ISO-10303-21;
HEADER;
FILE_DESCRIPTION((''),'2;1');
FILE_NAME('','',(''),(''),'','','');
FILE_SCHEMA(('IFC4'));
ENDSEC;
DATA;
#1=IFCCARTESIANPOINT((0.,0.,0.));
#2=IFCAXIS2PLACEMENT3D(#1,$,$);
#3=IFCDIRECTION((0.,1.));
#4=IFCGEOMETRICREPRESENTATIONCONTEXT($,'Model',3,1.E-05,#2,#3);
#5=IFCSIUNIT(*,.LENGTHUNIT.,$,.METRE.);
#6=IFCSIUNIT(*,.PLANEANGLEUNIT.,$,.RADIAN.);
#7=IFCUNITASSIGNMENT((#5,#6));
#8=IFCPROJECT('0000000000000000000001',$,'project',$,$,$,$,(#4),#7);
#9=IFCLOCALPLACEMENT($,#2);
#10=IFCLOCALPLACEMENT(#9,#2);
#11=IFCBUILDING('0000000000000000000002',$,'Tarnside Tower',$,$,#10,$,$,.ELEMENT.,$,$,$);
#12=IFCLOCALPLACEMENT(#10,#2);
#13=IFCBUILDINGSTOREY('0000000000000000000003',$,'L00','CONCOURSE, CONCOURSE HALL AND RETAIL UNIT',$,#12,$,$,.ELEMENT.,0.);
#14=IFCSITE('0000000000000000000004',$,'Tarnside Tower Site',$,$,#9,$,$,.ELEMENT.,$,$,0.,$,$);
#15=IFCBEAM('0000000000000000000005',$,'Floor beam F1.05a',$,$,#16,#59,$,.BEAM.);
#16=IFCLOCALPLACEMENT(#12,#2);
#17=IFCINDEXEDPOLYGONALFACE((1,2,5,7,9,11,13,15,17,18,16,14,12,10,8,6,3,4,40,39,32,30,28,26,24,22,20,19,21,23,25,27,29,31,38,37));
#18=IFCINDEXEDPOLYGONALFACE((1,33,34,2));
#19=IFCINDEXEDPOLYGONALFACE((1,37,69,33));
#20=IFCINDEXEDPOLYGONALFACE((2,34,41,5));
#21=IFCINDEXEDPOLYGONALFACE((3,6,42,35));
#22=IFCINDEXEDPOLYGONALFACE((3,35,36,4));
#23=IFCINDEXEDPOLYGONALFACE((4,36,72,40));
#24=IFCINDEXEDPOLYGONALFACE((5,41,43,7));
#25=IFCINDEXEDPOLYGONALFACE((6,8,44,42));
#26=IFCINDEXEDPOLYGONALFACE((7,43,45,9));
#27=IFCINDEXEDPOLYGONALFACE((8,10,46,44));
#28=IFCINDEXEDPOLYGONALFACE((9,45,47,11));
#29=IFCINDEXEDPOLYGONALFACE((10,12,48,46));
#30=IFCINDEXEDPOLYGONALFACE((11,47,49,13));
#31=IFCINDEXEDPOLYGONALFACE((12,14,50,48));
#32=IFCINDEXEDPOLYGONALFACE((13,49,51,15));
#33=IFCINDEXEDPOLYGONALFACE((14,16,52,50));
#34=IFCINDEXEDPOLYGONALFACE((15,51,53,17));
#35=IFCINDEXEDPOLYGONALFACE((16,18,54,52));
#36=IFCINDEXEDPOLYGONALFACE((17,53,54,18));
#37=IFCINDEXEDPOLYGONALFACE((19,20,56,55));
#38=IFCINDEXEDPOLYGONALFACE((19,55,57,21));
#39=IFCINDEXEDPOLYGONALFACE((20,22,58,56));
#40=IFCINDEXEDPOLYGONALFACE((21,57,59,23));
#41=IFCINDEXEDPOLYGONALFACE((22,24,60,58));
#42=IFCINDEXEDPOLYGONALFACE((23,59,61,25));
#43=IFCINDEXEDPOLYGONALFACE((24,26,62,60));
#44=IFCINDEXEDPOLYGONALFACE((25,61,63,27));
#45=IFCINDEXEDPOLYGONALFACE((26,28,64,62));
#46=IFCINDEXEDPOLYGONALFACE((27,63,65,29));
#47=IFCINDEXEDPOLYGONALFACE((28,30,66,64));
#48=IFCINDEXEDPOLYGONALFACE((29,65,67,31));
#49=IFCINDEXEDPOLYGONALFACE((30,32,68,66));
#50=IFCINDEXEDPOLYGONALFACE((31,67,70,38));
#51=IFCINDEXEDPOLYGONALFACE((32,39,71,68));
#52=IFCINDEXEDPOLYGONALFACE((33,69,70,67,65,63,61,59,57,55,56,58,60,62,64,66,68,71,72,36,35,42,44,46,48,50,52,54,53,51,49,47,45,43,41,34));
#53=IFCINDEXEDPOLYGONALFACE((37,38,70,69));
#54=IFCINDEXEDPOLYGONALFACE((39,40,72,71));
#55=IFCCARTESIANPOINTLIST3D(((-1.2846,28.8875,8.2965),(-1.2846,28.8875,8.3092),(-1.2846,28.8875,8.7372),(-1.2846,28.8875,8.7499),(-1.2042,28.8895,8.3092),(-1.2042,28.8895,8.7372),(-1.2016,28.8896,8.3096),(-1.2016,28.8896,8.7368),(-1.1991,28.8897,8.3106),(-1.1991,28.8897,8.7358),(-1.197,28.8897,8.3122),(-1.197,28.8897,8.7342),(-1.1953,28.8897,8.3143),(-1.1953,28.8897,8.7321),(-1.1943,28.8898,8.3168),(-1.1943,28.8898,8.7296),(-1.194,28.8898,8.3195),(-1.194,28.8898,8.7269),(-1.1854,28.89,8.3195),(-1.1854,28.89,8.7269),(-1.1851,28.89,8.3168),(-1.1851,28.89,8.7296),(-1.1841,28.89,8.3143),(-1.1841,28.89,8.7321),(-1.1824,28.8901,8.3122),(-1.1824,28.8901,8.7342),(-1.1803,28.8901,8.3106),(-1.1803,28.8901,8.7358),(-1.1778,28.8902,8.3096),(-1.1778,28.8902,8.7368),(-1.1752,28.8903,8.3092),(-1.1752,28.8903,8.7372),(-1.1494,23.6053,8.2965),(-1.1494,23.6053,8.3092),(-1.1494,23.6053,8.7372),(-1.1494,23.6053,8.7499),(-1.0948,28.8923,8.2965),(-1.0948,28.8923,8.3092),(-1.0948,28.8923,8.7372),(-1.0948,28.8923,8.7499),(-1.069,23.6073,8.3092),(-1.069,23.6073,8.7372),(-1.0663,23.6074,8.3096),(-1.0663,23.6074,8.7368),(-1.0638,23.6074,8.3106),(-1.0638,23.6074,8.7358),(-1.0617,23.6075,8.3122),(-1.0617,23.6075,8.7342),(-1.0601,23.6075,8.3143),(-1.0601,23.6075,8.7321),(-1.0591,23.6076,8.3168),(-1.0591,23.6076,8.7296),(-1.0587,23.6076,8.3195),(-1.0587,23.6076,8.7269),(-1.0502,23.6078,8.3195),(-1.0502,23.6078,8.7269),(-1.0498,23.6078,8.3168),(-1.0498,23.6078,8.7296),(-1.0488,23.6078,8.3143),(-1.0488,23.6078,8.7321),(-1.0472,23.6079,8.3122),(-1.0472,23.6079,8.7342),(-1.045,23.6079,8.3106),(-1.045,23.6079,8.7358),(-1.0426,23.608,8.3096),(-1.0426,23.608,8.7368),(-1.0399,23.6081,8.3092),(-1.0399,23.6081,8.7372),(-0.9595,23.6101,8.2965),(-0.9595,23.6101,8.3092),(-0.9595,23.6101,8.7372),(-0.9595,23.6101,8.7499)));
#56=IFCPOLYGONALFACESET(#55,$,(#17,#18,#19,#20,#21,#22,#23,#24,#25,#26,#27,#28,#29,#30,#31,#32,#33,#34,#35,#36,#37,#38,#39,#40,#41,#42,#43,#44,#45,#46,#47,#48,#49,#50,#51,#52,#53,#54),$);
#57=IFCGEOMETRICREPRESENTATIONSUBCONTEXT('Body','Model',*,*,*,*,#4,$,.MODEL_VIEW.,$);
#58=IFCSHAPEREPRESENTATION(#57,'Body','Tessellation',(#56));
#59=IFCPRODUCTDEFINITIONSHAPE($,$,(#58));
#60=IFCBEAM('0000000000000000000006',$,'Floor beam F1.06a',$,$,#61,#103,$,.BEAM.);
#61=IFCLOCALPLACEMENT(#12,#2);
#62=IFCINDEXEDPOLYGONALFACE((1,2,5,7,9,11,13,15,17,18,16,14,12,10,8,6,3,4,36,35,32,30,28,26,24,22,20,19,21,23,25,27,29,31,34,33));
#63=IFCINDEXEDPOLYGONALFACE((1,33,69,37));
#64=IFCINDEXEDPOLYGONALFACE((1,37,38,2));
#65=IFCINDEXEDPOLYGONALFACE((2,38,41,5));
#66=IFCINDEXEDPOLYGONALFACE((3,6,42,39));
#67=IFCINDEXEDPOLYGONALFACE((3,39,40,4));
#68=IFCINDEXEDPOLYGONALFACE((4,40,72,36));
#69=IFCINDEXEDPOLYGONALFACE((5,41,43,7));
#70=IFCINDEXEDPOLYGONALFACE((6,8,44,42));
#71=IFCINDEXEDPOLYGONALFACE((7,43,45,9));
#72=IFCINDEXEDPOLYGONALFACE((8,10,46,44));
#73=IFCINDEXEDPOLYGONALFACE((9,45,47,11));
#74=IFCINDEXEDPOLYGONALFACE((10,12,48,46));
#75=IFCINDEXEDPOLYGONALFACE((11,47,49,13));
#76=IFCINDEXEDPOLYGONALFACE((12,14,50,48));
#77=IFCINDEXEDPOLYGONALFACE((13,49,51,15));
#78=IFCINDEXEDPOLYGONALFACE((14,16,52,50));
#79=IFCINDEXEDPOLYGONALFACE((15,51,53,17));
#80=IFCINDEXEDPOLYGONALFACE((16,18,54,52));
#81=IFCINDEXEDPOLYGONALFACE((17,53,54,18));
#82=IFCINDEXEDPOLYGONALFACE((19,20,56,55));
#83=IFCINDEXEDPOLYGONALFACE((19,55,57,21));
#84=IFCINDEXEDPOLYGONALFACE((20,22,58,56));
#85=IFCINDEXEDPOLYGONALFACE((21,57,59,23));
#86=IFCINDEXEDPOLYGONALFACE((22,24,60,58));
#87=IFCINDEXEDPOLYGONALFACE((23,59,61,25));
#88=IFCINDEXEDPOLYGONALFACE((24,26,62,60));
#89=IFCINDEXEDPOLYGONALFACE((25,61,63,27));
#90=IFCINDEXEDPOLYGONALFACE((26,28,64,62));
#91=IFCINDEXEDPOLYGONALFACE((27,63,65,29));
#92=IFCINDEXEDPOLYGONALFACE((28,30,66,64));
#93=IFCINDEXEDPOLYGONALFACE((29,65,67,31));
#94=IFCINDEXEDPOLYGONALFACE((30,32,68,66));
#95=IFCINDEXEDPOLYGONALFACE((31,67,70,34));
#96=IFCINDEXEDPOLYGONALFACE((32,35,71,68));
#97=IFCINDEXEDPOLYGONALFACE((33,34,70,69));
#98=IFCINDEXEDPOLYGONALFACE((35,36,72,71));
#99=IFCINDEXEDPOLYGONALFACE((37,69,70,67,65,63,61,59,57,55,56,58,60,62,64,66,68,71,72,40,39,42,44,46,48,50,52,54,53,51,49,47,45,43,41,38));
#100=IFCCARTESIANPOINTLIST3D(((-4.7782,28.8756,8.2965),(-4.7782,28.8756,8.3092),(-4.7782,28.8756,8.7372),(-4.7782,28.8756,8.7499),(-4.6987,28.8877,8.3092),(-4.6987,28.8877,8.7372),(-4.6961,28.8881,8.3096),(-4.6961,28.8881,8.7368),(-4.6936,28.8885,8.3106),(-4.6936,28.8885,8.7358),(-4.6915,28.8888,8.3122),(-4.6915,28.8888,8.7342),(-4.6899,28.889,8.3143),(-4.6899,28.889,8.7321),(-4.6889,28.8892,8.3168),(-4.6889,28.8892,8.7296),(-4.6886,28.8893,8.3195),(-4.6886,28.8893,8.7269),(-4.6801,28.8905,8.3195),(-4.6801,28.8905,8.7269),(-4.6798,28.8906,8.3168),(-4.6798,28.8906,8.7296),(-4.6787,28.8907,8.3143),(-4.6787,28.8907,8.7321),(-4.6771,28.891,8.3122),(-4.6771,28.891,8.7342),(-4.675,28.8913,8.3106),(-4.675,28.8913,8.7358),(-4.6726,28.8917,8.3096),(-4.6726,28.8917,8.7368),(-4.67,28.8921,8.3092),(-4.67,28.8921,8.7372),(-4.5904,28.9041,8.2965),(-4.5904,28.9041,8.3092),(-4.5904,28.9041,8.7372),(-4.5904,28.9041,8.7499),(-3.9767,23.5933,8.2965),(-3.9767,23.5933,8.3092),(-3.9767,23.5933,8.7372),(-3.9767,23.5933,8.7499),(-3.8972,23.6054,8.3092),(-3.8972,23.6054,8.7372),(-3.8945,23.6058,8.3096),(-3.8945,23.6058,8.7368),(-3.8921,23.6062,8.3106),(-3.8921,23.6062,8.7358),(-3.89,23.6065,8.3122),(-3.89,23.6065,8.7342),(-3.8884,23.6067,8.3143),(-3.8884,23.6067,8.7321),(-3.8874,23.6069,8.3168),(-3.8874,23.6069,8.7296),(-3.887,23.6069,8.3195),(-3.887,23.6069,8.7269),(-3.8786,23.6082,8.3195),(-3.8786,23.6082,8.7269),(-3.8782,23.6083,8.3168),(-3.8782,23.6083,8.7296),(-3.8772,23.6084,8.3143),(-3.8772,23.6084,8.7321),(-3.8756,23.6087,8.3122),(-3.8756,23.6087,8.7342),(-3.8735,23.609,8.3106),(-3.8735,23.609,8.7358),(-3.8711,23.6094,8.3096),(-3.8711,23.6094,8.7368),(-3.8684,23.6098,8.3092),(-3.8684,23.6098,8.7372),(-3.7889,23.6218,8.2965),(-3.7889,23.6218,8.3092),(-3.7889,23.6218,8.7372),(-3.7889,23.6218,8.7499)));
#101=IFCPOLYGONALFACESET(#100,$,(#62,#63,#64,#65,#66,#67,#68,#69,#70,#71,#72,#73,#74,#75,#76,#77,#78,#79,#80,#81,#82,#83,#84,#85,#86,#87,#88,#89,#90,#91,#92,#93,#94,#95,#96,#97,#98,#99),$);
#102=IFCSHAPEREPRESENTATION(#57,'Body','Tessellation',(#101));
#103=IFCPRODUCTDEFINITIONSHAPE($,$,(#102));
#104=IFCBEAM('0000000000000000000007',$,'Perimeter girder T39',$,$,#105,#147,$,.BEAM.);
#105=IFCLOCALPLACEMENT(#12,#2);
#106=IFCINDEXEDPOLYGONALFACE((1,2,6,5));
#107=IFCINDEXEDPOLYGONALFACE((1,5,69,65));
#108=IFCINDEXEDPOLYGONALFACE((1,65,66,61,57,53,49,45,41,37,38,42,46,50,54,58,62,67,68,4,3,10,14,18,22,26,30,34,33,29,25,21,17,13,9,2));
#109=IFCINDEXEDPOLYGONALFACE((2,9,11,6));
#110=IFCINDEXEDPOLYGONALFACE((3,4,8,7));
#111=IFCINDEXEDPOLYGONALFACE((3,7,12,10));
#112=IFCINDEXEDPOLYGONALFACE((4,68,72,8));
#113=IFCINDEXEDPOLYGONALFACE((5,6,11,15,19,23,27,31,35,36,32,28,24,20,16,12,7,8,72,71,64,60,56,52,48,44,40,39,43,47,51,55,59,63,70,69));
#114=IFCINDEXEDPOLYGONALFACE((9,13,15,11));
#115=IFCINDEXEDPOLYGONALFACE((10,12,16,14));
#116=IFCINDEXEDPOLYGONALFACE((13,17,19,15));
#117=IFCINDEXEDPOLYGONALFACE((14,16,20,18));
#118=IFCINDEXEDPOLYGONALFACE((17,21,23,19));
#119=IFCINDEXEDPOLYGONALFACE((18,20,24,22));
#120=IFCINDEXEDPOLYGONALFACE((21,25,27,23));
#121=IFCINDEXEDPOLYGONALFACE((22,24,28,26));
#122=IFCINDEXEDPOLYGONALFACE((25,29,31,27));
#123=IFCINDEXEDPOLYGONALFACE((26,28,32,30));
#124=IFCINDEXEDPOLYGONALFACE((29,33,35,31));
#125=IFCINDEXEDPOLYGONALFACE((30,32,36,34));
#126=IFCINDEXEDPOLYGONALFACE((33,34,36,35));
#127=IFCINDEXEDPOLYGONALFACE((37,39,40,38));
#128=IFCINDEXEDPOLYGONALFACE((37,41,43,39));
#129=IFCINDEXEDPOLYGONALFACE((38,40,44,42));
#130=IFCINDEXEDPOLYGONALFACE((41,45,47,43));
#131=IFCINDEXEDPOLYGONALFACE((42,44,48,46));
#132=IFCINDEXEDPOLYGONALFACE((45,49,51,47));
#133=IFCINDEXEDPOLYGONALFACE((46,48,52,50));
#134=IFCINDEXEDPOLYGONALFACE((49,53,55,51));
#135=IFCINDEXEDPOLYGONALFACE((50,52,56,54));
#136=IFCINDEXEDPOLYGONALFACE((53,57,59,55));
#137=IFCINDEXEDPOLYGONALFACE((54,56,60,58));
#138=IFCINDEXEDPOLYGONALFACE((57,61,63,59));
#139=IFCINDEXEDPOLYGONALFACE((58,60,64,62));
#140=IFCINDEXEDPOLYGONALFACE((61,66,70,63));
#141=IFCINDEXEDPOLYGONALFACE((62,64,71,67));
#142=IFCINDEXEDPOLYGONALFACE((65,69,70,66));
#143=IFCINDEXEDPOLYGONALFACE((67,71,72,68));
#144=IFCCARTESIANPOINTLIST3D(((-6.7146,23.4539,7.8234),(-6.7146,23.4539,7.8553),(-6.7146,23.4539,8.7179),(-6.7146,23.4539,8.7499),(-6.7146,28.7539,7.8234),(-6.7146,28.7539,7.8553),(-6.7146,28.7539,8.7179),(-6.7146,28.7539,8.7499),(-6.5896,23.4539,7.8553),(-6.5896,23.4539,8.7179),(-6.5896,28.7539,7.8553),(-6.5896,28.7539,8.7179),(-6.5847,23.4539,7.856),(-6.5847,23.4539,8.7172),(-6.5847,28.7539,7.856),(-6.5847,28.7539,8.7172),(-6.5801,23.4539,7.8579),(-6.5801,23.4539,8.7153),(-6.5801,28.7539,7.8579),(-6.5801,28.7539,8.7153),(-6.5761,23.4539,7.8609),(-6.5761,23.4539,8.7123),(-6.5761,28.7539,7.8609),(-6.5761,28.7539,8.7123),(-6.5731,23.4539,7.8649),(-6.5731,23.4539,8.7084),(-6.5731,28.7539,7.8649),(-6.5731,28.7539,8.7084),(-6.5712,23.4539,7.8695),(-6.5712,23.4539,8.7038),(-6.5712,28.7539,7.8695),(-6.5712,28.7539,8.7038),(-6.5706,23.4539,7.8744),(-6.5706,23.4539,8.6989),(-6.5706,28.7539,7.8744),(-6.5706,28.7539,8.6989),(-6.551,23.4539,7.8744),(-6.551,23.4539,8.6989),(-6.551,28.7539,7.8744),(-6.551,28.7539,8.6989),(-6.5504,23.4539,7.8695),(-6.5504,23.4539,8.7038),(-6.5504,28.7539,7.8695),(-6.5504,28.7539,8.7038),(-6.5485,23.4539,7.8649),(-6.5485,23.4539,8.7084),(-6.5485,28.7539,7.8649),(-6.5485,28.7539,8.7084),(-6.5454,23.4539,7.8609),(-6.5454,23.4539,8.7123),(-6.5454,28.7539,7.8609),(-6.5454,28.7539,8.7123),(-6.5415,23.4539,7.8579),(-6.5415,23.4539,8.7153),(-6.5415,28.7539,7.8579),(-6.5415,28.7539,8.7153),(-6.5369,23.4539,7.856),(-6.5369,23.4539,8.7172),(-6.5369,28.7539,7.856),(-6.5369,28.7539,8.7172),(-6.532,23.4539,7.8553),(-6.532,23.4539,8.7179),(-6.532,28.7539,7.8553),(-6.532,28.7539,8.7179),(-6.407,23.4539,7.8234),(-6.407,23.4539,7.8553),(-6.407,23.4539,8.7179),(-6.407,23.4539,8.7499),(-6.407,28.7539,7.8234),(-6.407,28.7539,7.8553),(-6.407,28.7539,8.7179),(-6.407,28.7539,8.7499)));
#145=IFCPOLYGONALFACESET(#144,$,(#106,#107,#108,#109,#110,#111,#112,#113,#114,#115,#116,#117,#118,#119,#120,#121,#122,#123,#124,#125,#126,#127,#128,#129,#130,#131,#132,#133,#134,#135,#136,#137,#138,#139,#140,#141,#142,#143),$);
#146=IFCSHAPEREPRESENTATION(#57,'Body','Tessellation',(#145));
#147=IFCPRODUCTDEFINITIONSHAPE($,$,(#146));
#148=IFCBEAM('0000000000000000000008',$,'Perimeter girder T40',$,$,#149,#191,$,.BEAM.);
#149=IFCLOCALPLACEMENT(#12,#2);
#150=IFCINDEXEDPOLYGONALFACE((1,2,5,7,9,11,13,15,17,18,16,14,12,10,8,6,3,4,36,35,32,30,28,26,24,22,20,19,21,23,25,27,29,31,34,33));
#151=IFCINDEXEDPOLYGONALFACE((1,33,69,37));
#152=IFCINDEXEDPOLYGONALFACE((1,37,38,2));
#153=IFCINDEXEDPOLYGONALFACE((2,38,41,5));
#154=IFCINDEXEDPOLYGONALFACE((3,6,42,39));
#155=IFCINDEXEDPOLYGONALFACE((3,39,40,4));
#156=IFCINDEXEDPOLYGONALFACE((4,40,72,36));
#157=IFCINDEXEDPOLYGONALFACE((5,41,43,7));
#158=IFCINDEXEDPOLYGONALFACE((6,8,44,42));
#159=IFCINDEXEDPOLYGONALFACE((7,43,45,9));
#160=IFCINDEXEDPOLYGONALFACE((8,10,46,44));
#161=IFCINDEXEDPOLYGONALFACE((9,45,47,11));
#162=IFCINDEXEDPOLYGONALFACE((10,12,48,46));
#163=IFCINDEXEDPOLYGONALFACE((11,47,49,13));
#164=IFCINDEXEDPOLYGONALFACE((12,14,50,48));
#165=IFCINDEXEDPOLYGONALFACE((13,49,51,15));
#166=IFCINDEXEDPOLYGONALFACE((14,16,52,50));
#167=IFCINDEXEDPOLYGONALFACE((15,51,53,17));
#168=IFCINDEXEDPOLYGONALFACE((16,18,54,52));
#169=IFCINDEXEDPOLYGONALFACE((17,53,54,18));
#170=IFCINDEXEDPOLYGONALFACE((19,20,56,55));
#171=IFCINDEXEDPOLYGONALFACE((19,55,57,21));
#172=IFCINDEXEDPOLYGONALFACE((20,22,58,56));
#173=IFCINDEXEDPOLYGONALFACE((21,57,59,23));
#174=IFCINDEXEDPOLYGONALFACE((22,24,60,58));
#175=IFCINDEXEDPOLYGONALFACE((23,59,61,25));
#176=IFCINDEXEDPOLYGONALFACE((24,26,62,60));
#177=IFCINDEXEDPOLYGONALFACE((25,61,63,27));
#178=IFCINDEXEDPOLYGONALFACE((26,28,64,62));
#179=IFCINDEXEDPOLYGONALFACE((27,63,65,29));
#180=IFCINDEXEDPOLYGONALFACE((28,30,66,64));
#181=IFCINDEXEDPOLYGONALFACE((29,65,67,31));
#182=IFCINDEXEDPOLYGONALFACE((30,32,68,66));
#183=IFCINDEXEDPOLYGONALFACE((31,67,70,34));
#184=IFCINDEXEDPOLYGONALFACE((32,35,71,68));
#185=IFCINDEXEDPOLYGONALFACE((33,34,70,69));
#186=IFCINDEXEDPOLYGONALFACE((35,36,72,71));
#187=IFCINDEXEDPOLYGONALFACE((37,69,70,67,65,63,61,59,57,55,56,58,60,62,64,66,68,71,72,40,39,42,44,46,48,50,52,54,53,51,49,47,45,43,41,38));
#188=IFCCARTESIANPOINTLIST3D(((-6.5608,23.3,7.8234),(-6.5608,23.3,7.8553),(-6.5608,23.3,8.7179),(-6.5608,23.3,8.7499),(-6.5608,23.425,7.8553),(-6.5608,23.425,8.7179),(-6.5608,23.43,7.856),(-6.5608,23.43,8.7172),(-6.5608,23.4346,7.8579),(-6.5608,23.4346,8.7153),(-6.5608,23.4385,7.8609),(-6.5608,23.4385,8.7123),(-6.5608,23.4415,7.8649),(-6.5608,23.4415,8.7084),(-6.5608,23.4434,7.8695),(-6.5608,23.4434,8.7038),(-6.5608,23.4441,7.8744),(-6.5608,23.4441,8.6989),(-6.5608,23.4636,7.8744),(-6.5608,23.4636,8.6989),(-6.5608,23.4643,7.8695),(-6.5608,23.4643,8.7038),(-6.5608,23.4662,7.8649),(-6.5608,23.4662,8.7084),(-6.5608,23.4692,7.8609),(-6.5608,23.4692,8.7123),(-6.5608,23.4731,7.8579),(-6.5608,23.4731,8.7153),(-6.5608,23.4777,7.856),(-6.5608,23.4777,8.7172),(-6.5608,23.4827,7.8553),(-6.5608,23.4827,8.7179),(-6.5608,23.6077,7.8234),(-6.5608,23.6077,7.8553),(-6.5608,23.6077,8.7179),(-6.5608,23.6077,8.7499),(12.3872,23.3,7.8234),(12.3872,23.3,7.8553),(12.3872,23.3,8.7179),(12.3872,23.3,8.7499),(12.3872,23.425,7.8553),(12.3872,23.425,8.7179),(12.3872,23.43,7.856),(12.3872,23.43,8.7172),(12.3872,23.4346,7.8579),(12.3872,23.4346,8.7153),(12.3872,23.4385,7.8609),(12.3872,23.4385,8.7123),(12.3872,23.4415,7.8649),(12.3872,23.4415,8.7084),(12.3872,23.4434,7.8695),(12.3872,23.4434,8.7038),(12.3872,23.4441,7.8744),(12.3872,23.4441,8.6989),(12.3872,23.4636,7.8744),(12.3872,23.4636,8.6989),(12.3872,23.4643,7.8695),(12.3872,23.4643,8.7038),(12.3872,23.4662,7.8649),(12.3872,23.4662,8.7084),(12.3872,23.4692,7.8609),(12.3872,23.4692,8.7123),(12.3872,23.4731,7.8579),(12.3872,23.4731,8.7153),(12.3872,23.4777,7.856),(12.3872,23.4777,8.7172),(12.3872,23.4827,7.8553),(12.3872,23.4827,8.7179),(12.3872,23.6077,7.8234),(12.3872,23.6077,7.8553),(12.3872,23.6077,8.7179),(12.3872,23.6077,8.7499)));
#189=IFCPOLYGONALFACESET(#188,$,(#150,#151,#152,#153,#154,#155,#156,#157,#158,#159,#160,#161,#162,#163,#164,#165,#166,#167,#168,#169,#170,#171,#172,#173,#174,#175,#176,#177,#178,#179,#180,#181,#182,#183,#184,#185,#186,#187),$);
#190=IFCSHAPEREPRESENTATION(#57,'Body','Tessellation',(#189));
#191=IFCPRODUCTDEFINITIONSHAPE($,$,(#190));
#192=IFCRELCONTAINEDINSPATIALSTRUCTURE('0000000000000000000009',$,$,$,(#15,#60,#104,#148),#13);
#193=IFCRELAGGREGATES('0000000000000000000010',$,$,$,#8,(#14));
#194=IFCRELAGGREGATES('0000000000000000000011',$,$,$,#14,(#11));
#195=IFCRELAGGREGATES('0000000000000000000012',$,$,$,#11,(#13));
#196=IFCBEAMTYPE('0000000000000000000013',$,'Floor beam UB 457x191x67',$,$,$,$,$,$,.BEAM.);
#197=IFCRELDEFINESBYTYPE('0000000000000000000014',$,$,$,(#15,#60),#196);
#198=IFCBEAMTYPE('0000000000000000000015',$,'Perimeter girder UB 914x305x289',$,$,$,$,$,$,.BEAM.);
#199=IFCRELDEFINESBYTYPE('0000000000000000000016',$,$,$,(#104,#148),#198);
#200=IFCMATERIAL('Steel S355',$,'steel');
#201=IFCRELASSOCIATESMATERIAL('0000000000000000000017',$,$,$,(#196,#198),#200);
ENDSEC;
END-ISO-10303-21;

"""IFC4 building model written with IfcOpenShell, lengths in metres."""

from ifc_helpers import new_model, si_unit, direction, frame, origin, origin_2d, place, context, subcontext, project, spatial, i_section, extrude, material, material_profile, profile_set, type_object, element, save


model = new_model("IFC4")

# Units and contexts
model_context = context("Model", 3, precision=1e-05, world=origin(), true_north=direction((0.0, 1.0)))
body_context = subcontext(model_context, "Body", "Model", "MODEL_VIEW")
ifc_project = project(units=[si_unit("LENGTHUNIT", "METRE"), si_unit("PLANEANGLEUNIT", "RADIAN")], contexts=[model_context])

# Site, building, storey
site_placement = place(None, origin())
site = spatial("IfcSite", under=ifc_project, at=site_placement, Name="Tarnside Tower Site", CompositionType="ELEMENT", RefElevation=0.0)
building_placement = place(site_placement, origin())
building = spatial("IfcBuilding", under=site, at=building_placement, Name="Tarnside Tower", CompositionType="ELEMENT")
storey_placement = place(building_placement, origin())
storey = spatial("IfcBuildingStorey", under=building, at=storey_placement, Name="L00", Description="CONCOURSE, CONCOURSE HALL AND RETAIL UNIT", CompositionType="ELEMENT", Elevation=0.0)

# Beams
ifc_material_1 = material(Name="Steel S355", Category="steel")
ifc_material_profile_1 = material_profile(ifc_material_1, i_section(OverallWidth=0.1899, OverallDepth=0.4534, WebThickness=0.0085, FlangeThickness=0.0127, FilletRadius=0.0103, at=origin_2d()), Name="UB 457x191x67")
ifc_profile_set_1 = profile_set([ifc_material_profile_1], Name="Steel S355")
beam_type_1 = type_object("IfcBeamType", Name="Floor beam UB 457x191x67", PredefinedType="BEAM", material=ifc_profile_set_1)
beam_1_placement = place(storey_placement, frame((-1.1897, 28.8899, 8.5232), z_axis=(0.025597, -0.999672, 0.0), x_axis=(0.999672, 0.025597, 0.0)))
element("IfcBeam", 1, at=beam_1_placement, inside=storey, type_object=beam_type_1, Name="Floor beam F1.05a", PredefinedType="BEAM", context=body_context, shape_type="SweptSolid", body=[
    extrude(i_section(OverallWidth=0.1899, OverallDepth=0.4534, WebThickness=0.0085, FlangeThickness=0.0127, FilletRadius=0.0103, at=origin_2d()), origin(), (0.0, 0.0, 1.0), 5.2839),
])
beam_2_placement = place(storey_placement, frame((-4.6843, 28.8899, 8.5232), z_axis=(0.150021, -0.988683, 0.0), x_axis=(0.988683, 0.150021, 0.0)))
element("IfcBeam", 2, at=beam_2_placement, inside=storey, type_object=beam_type_1, Name="Floor beam F1.06a", PredefinedType="BEAM", context=body_context, shape_type="SweptSolid", body=[
    extrude(i_section(OverallWidth=0.1899, OverallDepth=0.4534, WebThickness=0.0085, FlangeThickness=0.0127, FilletRadius=0.0103, at=origin_2d()), origin(), (0.0, 0.0, 1.0), 5.3428),
])
ifc_material_profile_2 = material_profile(ifc_material_1, i_section(OverallWidth=0.3076, OverallDepth=0.9265, WebThickness=0.0195, FlangeThickness=0.032, FilletRadius=0.019, at=origin_2d()), Name="UB 914x305x289")
ifc_profile_set_2 = profile_set([ifc_material_profile_2], Name="Steel S355")
beam_type_2 = type_object("IfcBeamType", Name="Perimeter girder UB 914x305x289", PredefinedType="BEAM", material=ifc_profile_set_2)
beam_3_placement = place(storey_placement, frame((-6.5608, 28.7539, 8.2866), z_axis=(0.0, -1.0, 0.0), x_axis=(1.0, 0.0, 0.0)))
element("IfcBeam", 3, at=beam_3_placement, inside=storey, type_object=beam_type_2, Name="Perimeter girder T39", PredefinedType="BEAM", context=body_context, shape_type="SweptSolid", body=[
    extrude(i_section(OverallWidth=0.3076, OverallDepth=0.9265, WebThickness=0.0195, FlangeThickness=0.032, FilletRadius=0.019, at=origin_2d()), origin(), (0.0, 0.0, 1.0), 5.3),
])
beam_4_placement = place(storey_placement, frame((-6.5608, 23.4539, 8.2866), z_axis=(1.0, 0.0, 0.0), x_axis=(0.0, 1.0, 0.0)))
element("IfcBeam", 4, at=beam_4_placement, inside=storey, type_object=beam_type_2, Name="Perimeter girder T40", PredefinedType="BEAM", context=body_context, shape_type="SweptSolid", body=[
    extrude(i_section(OverallWidth=0.3076, OverallDepth=0.9265, WebThickness=0.0195, FlangeThickness=0.032, FilletRadius=0.019, at=origin_2d()), origin(), (0.0, 0.0, 1.0), 18.948),
])

save(model, "model.ifc")
